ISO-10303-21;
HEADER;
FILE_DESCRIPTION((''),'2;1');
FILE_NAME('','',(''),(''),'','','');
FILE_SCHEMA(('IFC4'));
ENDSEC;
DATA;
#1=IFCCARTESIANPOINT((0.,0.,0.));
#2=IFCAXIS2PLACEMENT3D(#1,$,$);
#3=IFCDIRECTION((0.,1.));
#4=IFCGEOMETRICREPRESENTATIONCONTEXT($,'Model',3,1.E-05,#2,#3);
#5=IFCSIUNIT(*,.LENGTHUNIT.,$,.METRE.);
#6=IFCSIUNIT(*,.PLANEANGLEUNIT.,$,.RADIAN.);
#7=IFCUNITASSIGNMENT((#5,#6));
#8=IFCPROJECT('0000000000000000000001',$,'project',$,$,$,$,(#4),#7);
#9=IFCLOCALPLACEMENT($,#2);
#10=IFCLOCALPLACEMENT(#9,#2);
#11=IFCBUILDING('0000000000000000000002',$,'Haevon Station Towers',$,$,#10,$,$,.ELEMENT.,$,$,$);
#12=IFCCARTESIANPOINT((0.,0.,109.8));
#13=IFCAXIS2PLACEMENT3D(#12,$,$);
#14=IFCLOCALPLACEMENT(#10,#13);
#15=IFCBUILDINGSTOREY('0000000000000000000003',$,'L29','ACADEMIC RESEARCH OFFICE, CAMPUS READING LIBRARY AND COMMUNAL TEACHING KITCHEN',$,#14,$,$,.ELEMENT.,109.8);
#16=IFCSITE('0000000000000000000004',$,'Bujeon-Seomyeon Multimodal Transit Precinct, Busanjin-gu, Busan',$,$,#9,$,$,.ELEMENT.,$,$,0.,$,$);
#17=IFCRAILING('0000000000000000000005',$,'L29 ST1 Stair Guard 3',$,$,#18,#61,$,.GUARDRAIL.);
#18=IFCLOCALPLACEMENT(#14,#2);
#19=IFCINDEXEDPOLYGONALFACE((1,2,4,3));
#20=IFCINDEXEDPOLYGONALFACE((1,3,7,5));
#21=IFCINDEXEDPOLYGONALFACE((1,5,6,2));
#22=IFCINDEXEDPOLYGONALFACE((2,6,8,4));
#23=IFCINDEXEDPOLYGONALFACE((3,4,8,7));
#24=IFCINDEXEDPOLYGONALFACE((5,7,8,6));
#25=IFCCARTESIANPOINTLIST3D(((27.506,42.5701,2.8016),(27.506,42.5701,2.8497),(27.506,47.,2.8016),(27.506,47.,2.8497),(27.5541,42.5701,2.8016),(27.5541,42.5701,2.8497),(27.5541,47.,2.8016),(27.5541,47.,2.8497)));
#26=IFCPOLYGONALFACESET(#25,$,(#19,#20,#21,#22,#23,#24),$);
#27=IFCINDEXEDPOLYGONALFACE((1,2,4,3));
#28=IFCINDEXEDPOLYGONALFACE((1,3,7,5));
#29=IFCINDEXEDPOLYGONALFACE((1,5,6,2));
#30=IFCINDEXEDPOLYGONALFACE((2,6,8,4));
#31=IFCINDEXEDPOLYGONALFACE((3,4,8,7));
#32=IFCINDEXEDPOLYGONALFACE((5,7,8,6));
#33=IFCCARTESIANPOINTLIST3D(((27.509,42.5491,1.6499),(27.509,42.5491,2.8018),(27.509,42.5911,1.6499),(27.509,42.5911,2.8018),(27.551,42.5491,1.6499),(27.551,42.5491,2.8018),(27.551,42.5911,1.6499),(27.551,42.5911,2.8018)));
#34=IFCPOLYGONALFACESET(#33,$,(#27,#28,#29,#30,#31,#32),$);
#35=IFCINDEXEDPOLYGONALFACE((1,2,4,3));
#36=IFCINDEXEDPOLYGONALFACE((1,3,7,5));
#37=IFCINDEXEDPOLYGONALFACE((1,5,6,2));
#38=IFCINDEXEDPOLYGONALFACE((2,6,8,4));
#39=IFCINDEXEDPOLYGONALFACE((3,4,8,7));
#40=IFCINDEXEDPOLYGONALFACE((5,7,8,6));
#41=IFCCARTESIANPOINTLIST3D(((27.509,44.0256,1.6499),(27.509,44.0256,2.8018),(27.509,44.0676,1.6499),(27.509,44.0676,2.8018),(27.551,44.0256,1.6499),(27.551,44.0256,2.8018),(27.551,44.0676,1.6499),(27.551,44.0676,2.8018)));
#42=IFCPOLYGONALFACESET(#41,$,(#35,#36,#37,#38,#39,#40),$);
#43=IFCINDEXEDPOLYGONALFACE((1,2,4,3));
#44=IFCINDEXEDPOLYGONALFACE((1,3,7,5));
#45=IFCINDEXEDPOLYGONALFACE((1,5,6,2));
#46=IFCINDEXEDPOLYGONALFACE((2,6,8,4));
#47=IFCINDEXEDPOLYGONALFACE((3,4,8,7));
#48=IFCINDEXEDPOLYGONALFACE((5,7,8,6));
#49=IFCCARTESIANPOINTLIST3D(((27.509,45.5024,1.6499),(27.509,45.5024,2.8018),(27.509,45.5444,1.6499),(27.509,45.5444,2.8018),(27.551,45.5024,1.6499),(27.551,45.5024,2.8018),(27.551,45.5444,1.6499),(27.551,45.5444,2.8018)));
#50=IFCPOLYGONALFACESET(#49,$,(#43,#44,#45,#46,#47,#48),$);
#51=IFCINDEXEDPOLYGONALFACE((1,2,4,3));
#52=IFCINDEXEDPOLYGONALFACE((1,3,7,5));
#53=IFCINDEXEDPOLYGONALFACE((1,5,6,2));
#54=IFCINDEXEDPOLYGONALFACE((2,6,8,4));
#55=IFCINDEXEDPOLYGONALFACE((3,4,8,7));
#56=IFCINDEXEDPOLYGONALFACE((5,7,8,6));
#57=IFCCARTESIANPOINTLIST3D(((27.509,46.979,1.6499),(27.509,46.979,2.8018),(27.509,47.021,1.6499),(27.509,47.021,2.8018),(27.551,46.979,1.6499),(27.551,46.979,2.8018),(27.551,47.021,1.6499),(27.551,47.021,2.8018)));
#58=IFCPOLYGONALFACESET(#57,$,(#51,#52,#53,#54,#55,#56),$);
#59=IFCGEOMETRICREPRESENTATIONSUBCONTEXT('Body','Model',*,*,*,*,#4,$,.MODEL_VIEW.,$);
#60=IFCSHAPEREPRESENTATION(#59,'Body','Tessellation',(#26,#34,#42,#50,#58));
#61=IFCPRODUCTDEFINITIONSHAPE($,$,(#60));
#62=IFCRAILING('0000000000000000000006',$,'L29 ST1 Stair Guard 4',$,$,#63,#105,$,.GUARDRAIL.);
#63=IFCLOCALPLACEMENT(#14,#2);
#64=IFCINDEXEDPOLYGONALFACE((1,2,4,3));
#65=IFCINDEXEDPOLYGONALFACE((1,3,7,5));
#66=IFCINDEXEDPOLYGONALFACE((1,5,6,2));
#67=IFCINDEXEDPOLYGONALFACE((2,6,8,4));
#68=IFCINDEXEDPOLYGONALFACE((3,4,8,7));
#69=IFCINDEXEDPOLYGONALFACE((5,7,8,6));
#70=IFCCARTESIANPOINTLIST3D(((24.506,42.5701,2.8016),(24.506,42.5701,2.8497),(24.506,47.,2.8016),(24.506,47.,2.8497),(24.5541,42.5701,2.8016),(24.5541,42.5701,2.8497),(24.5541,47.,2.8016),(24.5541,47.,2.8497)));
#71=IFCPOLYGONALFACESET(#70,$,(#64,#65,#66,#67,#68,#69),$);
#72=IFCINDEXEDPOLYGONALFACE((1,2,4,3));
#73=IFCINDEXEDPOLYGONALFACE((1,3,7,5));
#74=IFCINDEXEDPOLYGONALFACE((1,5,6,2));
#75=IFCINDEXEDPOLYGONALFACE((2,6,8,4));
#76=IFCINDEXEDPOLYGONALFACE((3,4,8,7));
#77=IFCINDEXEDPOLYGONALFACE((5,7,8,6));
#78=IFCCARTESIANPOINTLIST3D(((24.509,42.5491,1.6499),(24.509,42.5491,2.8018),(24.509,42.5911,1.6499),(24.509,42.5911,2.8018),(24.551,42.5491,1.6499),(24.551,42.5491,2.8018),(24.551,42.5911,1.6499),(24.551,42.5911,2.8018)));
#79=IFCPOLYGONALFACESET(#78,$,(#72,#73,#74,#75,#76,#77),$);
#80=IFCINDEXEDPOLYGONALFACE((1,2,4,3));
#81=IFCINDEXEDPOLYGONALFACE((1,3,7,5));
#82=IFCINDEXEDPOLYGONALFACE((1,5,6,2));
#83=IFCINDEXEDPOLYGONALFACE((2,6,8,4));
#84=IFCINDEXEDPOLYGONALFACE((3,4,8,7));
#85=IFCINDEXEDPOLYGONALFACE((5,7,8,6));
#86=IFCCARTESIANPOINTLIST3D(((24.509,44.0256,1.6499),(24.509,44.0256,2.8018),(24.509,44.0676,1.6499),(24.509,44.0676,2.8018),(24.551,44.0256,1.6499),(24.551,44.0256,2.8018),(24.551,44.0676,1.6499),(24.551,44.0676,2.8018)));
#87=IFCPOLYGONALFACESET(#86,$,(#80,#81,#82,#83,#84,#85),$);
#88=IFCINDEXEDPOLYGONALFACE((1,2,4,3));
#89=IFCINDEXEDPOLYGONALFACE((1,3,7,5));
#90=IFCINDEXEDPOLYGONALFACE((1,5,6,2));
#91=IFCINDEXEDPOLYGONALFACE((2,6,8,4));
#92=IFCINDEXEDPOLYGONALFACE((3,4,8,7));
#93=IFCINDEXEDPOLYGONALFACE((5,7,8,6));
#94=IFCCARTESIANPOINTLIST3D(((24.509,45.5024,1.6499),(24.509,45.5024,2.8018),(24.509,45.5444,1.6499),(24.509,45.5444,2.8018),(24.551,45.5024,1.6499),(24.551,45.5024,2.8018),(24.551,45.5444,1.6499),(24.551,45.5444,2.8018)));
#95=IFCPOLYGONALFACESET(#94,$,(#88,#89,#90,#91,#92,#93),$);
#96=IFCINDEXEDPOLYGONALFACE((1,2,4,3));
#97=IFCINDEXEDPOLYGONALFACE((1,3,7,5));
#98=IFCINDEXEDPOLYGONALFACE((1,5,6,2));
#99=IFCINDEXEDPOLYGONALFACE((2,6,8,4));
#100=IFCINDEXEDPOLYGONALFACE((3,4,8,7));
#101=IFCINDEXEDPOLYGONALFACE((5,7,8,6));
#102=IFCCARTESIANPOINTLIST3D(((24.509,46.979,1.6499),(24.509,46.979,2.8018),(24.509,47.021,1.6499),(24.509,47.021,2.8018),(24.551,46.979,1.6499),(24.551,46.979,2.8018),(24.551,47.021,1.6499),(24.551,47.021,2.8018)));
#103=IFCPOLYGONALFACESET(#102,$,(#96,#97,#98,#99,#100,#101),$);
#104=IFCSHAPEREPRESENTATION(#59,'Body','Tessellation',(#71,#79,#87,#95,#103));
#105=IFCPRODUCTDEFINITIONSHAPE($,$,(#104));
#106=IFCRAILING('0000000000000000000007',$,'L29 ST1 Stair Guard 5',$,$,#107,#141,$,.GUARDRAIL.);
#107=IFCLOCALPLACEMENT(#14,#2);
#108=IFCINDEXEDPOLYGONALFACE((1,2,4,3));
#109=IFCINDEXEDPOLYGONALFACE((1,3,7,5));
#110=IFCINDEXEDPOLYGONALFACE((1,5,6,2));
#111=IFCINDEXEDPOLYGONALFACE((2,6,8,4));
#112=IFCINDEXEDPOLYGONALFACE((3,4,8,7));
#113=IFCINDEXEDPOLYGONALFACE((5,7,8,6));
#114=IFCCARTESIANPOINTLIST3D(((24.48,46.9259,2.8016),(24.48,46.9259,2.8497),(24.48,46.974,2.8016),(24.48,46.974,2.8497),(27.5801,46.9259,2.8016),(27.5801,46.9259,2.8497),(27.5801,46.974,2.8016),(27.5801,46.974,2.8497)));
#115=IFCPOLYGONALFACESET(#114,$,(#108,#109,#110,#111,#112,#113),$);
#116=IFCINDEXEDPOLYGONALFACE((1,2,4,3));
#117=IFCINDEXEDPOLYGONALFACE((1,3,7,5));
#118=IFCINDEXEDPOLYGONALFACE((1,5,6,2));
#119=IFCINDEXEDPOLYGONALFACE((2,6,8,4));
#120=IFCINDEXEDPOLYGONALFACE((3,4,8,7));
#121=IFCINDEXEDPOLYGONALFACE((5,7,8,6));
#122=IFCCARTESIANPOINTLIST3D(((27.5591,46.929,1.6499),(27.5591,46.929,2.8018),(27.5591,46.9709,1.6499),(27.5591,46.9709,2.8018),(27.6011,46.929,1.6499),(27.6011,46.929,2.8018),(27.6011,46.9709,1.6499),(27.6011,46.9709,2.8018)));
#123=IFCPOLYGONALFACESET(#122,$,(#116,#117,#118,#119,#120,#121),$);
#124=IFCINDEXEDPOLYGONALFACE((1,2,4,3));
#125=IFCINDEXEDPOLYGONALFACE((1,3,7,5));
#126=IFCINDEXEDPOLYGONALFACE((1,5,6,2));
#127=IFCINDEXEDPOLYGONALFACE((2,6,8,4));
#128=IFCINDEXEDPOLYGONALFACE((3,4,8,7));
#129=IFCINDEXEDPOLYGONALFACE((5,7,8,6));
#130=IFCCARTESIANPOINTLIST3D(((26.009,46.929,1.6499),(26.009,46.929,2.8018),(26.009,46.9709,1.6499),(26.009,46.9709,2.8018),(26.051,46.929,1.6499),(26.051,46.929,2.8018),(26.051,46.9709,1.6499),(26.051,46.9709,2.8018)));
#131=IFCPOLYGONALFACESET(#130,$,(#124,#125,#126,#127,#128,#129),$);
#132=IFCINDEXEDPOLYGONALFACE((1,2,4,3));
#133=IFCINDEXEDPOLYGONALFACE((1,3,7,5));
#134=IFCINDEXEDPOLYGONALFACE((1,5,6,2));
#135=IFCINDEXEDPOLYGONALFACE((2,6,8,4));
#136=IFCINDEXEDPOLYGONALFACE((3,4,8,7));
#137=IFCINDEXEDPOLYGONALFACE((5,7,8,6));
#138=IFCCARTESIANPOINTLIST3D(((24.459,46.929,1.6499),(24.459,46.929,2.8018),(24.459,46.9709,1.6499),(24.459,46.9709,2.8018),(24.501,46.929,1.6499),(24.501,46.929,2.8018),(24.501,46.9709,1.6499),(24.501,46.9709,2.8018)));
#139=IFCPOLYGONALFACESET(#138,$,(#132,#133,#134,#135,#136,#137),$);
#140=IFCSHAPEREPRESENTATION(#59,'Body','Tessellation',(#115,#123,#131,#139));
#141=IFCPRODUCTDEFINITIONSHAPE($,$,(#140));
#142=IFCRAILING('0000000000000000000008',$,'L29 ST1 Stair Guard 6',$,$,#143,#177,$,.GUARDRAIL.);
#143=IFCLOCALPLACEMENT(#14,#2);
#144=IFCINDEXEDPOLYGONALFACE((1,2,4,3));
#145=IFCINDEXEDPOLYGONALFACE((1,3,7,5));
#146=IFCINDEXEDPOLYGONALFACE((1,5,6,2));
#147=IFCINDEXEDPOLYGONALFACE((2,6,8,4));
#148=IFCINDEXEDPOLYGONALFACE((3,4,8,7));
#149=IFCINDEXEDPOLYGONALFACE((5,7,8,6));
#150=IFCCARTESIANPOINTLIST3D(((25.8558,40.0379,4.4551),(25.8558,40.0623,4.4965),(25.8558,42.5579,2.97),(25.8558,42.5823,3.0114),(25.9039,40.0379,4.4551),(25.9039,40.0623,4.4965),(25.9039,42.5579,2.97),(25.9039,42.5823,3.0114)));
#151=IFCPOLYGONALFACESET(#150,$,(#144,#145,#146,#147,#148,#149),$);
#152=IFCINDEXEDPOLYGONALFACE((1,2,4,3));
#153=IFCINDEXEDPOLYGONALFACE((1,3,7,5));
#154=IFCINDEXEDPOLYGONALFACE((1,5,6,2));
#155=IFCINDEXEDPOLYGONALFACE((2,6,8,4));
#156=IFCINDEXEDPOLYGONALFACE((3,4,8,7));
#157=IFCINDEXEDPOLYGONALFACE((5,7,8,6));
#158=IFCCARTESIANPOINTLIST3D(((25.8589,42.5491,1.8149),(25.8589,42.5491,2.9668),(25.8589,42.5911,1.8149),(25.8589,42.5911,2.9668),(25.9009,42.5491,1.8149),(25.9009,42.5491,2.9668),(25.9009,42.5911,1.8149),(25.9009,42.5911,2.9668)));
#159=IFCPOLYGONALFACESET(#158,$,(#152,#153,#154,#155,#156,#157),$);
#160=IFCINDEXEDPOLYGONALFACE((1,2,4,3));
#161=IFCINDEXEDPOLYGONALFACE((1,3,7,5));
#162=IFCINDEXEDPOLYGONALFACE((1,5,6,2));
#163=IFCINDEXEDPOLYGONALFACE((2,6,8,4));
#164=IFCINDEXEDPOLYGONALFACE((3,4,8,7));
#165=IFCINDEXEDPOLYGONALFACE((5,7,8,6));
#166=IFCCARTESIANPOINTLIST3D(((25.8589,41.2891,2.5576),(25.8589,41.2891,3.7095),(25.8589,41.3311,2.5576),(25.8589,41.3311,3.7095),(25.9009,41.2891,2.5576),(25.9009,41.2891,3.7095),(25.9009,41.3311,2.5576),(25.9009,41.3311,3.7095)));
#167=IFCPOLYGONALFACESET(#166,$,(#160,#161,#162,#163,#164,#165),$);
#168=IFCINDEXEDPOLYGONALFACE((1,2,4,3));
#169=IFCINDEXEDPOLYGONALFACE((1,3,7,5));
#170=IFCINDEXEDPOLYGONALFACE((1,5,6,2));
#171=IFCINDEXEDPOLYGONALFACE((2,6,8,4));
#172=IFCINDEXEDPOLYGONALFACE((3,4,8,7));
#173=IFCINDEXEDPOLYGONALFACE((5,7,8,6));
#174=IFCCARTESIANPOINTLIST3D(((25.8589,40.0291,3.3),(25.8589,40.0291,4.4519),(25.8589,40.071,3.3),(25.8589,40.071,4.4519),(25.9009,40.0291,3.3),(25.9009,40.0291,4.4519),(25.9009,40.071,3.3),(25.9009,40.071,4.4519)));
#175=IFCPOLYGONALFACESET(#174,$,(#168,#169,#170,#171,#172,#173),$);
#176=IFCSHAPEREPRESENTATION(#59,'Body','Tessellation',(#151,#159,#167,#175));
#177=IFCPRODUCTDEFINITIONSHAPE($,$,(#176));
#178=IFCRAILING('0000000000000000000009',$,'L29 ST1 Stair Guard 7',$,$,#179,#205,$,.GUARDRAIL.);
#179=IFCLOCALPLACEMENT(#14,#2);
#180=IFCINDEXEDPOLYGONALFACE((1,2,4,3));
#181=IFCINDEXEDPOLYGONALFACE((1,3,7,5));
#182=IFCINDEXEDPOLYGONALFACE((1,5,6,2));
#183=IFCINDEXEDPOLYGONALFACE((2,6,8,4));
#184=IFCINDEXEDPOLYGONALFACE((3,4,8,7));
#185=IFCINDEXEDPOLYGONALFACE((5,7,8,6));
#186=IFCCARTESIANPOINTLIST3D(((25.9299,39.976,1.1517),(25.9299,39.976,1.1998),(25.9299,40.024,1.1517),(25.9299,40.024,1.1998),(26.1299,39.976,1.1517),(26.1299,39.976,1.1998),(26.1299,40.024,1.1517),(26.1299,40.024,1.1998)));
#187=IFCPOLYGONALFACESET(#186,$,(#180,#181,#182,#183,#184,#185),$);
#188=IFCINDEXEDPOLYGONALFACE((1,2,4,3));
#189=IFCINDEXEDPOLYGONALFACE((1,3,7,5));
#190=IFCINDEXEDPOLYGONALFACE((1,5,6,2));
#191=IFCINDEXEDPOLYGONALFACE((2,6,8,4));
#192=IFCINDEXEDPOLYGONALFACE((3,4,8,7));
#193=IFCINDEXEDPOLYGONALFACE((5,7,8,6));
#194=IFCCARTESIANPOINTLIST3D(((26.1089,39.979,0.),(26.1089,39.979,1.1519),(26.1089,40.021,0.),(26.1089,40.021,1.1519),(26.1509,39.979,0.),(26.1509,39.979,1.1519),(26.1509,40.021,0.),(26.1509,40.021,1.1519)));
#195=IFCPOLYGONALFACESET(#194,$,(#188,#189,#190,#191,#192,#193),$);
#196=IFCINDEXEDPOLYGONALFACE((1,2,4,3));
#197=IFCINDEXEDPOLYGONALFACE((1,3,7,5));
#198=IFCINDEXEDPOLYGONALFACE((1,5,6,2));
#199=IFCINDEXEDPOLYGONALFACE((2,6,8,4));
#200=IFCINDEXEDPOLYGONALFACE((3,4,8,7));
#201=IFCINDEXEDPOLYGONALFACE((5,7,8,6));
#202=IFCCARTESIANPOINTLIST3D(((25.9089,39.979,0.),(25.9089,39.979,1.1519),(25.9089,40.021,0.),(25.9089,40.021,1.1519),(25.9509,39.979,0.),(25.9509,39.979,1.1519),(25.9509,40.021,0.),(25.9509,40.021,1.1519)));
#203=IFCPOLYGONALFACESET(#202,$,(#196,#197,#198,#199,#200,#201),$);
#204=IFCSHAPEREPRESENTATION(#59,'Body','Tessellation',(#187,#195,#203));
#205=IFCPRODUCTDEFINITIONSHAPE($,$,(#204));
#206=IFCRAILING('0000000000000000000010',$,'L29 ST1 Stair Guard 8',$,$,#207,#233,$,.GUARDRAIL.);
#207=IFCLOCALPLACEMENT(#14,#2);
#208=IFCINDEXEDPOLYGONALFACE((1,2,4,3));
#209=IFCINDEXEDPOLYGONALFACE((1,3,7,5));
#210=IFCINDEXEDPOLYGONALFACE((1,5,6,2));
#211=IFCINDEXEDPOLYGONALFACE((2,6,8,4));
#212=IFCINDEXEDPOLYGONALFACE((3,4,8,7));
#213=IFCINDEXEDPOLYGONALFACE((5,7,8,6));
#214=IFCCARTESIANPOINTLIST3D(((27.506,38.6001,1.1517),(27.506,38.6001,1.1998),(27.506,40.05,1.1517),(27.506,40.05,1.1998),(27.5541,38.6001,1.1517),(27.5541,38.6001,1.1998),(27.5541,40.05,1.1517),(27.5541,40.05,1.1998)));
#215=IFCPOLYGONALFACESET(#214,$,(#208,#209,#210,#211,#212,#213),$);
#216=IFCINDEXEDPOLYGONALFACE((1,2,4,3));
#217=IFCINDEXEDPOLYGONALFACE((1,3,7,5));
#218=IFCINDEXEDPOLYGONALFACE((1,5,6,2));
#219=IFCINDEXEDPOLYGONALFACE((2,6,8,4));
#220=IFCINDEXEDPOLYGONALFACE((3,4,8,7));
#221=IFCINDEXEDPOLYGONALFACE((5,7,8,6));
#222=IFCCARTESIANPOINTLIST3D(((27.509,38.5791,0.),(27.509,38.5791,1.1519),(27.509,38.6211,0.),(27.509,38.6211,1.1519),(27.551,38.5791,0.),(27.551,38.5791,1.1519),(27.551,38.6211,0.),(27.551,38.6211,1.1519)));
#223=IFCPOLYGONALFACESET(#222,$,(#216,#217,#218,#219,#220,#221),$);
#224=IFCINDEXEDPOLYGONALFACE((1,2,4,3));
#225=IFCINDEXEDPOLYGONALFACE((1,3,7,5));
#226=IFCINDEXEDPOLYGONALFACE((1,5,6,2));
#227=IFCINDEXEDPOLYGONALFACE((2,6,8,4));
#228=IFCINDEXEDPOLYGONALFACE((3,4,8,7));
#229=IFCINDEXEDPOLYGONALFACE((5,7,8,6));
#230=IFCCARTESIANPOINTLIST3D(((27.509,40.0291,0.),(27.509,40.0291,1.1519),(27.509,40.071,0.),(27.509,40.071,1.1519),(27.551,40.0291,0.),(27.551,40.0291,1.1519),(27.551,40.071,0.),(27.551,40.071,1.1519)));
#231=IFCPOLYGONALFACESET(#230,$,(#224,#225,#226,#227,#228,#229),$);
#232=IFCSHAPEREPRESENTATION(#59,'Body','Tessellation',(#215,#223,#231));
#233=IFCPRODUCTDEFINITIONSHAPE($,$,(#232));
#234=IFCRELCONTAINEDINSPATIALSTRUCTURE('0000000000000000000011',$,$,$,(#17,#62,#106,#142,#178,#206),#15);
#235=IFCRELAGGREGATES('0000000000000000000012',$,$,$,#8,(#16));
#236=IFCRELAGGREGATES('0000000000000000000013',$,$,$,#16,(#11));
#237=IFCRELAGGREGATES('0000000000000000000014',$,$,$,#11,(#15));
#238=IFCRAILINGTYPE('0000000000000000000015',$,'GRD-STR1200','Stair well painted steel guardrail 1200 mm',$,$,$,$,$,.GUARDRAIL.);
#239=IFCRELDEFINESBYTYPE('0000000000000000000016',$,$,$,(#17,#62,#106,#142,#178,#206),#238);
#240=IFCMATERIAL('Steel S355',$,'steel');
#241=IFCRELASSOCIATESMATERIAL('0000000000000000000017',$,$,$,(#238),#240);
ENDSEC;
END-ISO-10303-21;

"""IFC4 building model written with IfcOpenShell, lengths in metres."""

from ifc_helpers import new_model, si_unit, direction, frame, origin, origin_2d, place, context, subcontext, project, spatial, rectangle, extrude, material, type_object, element, save


model = new_model("IFC4")

# Units and contexts
model_context = context("Model", 3, precision=1e-05, world=origin(), true_north=direction((0.0, 1.0)))
body_context = subcontext(model_context, "Body", "Model", "MODEL_VIEW")
ifc_project = project(units=[si_unit("LENGTHUNIT", "METRE"), si_unit("PLANEANGLEUNIT", "RADIAN")], contexts=[model_context])

# Site, building, storey
site_placement = place(None, origin())
site = spatial("IfcSite", under=ifc_project, at=site_placement, Name="Bujeon-Seomyeon Multimodal Transit Precinct, Busanjin-gu, Busan", CompositionType="ELEMENT", RefElevation=0.0)
building_placement = place(site_placement, origin())
building = spatial("IfcBuilding", under=site, at=building_placement, Name="Haevon Station Towers", CompositionType="ELEMENT")
storey_placement = place(building_placement, frame((0.0, 0.0, 109.8)))
storey = spatial("IfcBuildingStorey", under=building, at=storey_placement, Name="L29", Description="ACADEMIC RESEARCH OFFICE, CAMPUS READING LIBRARY AND COMMUNAL TEACHING KITCHEN", CompositionType="ELEMENT", Elevation=109.8)

# Shared definitions
ifc_material_1 = material(Name="Steel S355", Category="steel")

# Railings
railing_type_1 = type_object("IfcRailingType", Name="GRD-STR1200", Description="Stair well painted steel guardrail 1200 mm", PredefinedType="GUARDRAIL", material=ifc_material_1)
for number, where, name in (
    (1, (27.53, 42.5701, 1.6499), "L29 ST1 Stair Guard 3"),
    (2, (24.53, 42.5701, 1.6499), "L29 ST1 Stair Guard 4"),
):
    element("IfcRailing", number, at=place(storey_placement, frame(where)), inside=storey, type_object=railing_type_1, Name=name, PredefinedType="GUARDRAIL", context=body_context, shape_type="SweptSolid", body=[
        extrude(rectangle(XDim=0.0481, YDim=0.0481, at=origin_2d()), frame((0.0, 0.0, 1.1758), z_axis=(0.0, 1.0, 0.0), x_axis=(-1.0, 0.0, 0.0)), (0.0, 0.0, 1.0), 4.4299),
        extrude(rectangle(XDim=0.042, YDim=0.042, at=origin_2d()), origin(), (0.0, 0.0, 1.0), 1.1519),
        extrude(rectangle(XDim=0.042, YDim=0.042, at=origin_2d()), frame((0.0, 1.4766, 0.0)), (0.0, 0.0, 1.0), 1.1519),
        extrude(rectangle(XDim=0.042, YDim=0.042, at=origin_2d()), frame((0.0, 2.9534, 0.0)), (0.0, 0.0, 1.0), 1.1519),
        extrude(rectangle(XDim=0.042, YDim=0.042, at=origin_2d()), frame((0.0, 4.4299, 0.0)), (0.0, 0.0, 1.0), 1.1519),
    ])
railing_1_placement = place(storey_placement, frame((27.5801, 46.95, 1.6499)))
element("IfcRailing", 3, at=railing_1_placement, inside=storey, type_object=railing_type_1, Name="L29 ST1 Stair Guard 5", PredefinedType="GUARDRAIL", context=body_context, shape_type="SweptSolid", body=[
    extrude(rectangle(XDim=0.0481, YDim=0.0481, at=origin_2d()), frame((0.0, 0.0, 1.1758), z_axis=(-1.0, 0.0, 0.0), x_axis=(0.0, -1.0, 0.0)), (0.0, 0.0, 1.0), 3.1001),
    extrude(rectangle(XDim=0.042, YDim=0.042, at=origin_2d()), origin(), (0.0, 0.0, 1.0), 1.1519),
    extrude(rectangle(XDim=0.042, YDim=0.042, at=origin_2d()), frame((-1.55, 0.0, 0.0)), (0.0, 0.0, 1.0), 1.1519),
    extrude(rectangle(XDim=0.042, YDim=0.042, at=origin_2d()), frame((-3.1001, 0.0, 0.0)), (0.0, 0.0, 1.0), 1.1519),
])
railing_2_placement = place(storey_placement, frame((25.8799, 42.5701, 1.8149)))
element("IfcRailing", 4, at=railing_2_placement, inside=storey, type_object=railing_type_1, Name="L29 ST1 Stair Guard 6", PredefinedType="GUARDRAIL", context=body_context, shape_type="SweptSolid", body=[
    extrude(rectangle(XDim=0.0481, YDim=0.0481, at=origin_2d()), frame((0.0, 0.0, 1.1758), z_axis=(0.0, -0.861524, 0.507717), x_axis=(1.0, 0.0, 0.0)), (0.0, 0.0, 1.0), 2.925),
    extrude(rectangle(XDim=0.042, YDim=0.042, at=origin_2d()), origin(), (0.0, 0.0, 1.0), 1.1519),
    extrude(rectangle(XDim=0.042, YDim=0.042, at=origin_2d()), frame((0.0, -1.26, 0.7427)), (0.0, 0.0, 1.0), 1.1519),
    extrude(rectangle(XDim=0.042, YDim=0.042, at=origin_2d()), frame((0.0, -2.52, 1.4851)), (0.0, 0.0, 1.0), 1.1519),
])
railing_3_placement = place(storey_placement, frame((26.1299, 40.0, 0.0)))
element("IfcRailing", 5, at=railing_3_placement, inside=storey, type_object=railing_type_1, Name="L29 ST1 Stair Guard 7", PredefinedType="GUARDRAIL", context=body_context, shape_type="SweptSolid", body=[
    extrude(rectangle(XDim=0.0481, YDim=0.0481, at=origin_2d()), frame((0.0, 0.0, 1.1758), z_axis=(-1.0, 0.0, 0.0), x_axis=(0.0, -1.0, 0.0)), (0.0, 0.0, 1.0), 0.2),
    extrude(rectangle(XDim=0.042, YDim=0.042, at=origin_2d()), origin(), (0.0, 0.0, 1.0), 1.1519),
    extrude(rectangle(XDim=0.042, YDim=0.042, at=origin_2d()), frame((-0.2, 0.0, 0.0)), (0.0, 0.0, 1.0), 1.1519),
])
railing_4_placement = place(storey_placement, frame((27.53, 38.6001, 0.0)))
element("IfcRailing", 6, at=railing_4_placement, inside=storey, type_object=railing_type_1, Name="L29 ST1 Stair Guard 8", PredefinedType="GUARDRAIL", context=body_context, shape_type="SweptSolid", body=[
    extrude(rectangle(XDim=0.0481, YDim=0.0481, at=origin_2d()), frame((0.0, 0.0, 1.1758), z_axis=(0.0, 1.0, 0.0), x_axis=(-1.0, 0.0, 0.0)), (0.0, 0.0, 1.0), 1.45),
    extrude(rectangle(XDim=0.042, YDim=0.042, at=origin_2d()), origin(), (0.0, 0.0, 1.0), 1.1519),
    extrude(rectangle(XDim=0.042, YDim=0.042, at=origin_2d()), frame((0.0, 1.45, 0.0)), (0.0, 0.0, 1.0), 1.1519),
])

save(model, "model.ifc")
